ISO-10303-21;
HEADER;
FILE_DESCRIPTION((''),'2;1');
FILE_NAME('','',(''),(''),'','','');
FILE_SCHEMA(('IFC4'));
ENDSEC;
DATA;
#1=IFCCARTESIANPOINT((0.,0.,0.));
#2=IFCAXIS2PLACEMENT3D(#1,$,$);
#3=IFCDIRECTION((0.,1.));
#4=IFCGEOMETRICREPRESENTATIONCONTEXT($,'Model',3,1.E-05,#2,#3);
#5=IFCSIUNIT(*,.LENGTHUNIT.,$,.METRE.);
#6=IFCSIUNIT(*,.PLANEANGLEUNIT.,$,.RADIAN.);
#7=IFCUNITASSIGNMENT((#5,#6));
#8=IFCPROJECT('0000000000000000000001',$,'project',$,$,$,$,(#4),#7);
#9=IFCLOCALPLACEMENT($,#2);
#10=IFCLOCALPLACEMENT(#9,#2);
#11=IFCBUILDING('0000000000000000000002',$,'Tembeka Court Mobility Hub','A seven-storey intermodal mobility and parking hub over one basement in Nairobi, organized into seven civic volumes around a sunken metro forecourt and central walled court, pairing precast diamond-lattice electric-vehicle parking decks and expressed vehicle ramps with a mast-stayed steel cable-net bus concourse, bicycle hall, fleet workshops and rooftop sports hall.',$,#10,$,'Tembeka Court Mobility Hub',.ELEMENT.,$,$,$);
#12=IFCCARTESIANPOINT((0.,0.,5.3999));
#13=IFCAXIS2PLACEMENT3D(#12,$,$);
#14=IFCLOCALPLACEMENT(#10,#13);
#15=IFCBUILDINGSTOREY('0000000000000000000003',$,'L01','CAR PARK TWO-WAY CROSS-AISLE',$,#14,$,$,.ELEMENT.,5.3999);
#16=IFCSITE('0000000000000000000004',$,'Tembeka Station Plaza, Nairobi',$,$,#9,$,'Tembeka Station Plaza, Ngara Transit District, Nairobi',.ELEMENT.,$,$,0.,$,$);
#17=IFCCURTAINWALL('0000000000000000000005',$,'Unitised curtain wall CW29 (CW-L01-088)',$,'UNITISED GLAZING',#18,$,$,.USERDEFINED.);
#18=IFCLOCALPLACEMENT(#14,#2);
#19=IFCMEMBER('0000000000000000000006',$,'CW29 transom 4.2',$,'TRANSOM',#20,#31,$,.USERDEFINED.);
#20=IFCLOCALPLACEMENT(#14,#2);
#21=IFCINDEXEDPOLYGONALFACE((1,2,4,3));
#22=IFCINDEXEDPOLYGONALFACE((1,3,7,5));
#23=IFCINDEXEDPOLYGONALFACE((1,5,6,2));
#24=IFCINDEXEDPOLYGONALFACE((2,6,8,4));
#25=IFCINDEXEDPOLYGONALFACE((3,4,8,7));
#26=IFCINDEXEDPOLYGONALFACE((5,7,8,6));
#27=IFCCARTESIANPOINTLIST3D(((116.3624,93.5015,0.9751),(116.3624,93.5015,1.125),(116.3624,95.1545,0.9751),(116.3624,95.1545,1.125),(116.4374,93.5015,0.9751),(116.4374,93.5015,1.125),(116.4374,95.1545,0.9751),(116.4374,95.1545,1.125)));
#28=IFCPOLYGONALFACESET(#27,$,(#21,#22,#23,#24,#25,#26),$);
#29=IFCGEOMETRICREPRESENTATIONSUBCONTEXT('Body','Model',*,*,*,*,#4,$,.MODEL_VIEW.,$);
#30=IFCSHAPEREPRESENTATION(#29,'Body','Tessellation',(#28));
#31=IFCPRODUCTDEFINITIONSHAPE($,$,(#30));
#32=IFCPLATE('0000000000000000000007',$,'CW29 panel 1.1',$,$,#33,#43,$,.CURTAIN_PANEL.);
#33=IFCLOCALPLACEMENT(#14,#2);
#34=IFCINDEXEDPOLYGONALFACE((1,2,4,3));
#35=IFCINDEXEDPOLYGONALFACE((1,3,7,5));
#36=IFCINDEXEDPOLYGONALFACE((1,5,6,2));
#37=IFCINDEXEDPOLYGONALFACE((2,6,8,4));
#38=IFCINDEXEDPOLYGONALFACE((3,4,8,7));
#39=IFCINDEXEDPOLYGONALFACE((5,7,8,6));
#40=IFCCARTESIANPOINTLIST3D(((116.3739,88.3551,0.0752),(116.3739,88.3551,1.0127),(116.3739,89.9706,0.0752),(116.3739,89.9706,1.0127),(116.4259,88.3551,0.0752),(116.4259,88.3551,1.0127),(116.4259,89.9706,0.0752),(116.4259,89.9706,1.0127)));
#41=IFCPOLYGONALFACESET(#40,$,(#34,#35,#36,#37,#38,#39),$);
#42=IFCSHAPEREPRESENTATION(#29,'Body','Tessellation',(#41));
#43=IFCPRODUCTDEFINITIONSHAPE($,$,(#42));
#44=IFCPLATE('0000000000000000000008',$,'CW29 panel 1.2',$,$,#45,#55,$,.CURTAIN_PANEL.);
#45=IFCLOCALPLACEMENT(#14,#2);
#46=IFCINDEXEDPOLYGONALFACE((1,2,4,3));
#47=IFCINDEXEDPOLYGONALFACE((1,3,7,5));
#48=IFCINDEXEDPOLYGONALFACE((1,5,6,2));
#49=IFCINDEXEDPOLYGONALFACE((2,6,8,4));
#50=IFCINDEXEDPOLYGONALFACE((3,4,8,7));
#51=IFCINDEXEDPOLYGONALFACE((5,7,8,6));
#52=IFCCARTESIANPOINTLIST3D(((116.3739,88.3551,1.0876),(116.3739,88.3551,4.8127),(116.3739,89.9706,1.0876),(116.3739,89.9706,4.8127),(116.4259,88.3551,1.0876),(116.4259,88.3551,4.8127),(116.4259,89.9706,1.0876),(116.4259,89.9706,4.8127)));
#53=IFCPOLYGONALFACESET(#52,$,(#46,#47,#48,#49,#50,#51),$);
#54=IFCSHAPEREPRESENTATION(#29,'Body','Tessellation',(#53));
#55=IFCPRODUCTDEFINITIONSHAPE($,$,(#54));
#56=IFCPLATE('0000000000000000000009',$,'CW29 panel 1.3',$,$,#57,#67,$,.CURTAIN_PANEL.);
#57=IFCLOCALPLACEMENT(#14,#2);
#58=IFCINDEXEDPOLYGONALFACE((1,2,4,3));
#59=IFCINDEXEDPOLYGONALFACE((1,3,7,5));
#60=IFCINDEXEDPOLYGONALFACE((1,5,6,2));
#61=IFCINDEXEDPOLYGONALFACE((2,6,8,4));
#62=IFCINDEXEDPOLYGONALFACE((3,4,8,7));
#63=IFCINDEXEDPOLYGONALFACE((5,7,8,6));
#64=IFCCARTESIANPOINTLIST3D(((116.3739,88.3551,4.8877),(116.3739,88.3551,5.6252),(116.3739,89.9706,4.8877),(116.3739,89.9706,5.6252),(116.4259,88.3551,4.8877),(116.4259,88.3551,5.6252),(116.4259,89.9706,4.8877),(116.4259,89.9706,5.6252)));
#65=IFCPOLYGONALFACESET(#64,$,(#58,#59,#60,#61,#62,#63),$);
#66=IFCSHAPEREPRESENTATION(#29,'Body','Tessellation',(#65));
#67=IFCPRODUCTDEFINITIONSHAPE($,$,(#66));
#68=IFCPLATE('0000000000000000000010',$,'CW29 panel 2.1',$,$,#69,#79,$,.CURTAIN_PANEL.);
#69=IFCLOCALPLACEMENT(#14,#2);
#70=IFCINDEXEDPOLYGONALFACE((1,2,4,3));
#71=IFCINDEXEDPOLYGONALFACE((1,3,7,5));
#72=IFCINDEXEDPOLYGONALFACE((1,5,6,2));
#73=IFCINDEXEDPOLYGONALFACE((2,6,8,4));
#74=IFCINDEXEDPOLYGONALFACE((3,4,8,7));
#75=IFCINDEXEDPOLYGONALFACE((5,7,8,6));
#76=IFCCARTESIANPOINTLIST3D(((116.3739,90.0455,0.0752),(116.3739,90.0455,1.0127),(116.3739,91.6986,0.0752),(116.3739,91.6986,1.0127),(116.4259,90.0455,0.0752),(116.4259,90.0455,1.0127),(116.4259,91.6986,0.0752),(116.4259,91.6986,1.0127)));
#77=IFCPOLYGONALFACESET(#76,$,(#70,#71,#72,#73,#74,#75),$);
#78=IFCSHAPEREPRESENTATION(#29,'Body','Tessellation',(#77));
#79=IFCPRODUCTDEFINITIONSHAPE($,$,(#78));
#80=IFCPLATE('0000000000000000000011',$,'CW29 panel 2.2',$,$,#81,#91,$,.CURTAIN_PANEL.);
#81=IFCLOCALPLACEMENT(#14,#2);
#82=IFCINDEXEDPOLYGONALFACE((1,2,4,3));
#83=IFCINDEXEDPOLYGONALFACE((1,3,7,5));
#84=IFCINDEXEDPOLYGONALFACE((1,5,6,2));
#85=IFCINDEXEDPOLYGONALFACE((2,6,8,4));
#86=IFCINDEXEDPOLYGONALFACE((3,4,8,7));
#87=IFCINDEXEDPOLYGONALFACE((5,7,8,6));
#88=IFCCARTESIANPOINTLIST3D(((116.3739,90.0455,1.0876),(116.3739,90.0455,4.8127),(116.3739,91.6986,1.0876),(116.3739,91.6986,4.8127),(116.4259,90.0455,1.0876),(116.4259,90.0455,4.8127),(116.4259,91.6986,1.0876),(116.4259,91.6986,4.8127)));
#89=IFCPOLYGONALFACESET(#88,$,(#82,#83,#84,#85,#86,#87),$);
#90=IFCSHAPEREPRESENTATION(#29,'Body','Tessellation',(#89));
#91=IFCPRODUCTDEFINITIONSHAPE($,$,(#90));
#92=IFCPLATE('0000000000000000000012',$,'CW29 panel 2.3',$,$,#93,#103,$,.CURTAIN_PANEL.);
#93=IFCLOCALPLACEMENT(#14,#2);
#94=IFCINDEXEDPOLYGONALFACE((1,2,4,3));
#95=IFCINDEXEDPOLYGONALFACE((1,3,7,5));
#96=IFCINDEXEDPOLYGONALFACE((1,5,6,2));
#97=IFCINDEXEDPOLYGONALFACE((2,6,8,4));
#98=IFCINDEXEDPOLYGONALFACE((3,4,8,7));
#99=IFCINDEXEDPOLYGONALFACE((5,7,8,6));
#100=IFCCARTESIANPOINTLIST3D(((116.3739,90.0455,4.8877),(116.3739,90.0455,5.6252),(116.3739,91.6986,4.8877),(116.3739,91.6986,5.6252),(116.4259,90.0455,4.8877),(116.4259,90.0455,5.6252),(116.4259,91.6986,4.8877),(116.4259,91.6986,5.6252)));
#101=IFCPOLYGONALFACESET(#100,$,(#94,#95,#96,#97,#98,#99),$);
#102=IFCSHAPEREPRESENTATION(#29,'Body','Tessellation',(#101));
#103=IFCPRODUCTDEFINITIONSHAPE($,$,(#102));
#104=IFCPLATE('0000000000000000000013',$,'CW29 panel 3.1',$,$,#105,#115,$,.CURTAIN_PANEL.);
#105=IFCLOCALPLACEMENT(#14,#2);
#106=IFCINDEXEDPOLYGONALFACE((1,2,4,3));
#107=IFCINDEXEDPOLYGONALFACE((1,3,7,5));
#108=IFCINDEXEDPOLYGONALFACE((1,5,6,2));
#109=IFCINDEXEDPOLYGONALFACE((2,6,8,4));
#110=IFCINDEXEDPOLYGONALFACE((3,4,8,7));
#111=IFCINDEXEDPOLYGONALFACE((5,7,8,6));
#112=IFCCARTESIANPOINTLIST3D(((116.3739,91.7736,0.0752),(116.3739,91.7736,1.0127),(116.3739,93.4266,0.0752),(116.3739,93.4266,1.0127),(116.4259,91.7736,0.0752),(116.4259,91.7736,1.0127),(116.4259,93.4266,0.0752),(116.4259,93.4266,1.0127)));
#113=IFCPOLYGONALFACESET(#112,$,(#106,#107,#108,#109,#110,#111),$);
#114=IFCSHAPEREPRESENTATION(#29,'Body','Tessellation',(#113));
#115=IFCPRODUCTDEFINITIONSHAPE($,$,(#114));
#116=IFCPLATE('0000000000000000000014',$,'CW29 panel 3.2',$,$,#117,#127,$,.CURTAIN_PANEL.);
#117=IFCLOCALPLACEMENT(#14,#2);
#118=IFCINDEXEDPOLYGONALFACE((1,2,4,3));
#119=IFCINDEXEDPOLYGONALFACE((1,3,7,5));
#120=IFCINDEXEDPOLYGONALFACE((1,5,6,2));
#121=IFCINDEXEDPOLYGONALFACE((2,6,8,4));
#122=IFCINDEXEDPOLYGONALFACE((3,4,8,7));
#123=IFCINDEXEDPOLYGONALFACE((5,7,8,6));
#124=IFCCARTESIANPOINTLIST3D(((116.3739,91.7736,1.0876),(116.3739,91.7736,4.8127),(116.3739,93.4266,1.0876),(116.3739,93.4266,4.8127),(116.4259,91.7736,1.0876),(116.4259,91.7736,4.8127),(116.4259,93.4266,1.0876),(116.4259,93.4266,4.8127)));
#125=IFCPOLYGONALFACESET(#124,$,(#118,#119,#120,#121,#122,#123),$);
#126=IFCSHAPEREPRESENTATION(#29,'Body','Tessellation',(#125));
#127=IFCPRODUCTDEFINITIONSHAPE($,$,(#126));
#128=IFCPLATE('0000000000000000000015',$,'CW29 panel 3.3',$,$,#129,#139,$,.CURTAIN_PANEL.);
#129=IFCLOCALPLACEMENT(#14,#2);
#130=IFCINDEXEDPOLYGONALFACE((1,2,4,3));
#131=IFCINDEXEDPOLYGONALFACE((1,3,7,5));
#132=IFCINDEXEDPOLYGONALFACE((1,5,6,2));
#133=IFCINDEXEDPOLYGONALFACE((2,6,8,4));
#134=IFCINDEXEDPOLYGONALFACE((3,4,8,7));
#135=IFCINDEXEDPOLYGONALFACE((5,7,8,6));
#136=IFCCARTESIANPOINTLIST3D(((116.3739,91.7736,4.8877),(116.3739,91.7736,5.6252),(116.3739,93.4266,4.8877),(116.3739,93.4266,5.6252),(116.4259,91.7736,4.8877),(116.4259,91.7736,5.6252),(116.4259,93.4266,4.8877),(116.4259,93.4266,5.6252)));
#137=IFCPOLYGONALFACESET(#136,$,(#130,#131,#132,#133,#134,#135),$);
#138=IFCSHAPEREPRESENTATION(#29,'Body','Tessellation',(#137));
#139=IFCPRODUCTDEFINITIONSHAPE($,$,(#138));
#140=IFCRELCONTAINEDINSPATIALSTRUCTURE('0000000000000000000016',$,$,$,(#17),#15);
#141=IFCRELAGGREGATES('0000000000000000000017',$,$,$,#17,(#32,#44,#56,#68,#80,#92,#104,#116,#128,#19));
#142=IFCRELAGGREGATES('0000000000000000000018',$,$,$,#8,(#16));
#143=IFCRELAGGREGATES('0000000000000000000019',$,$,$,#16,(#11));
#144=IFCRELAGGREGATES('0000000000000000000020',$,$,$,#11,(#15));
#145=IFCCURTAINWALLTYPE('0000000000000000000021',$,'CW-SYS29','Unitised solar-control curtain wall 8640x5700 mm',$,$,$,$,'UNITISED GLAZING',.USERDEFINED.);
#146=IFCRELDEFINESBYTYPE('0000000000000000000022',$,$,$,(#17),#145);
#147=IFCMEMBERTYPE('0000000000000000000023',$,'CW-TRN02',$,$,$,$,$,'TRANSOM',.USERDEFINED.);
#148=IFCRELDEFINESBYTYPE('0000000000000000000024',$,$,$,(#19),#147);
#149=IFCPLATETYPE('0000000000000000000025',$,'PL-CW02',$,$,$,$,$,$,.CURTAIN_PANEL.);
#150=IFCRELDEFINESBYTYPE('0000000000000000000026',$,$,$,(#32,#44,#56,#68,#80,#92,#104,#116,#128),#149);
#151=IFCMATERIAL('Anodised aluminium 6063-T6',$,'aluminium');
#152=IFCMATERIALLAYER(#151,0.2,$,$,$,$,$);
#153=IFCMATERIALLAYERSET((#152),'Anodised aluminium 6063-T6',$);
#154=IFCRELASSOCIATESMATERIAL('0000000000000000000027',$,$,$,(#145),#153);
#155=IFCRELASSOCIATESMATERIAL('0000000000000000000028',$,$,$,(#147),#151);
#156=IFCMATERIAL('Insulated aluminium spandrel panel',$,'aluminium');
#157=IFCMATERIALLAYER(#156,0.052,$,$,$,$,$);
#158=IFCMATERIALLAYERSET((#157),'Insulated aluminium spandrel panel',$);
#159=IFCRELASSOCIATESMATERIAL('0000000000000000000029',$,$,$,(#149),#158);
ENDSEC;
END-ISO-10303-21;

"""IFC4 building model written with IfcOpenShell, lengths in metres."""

from ifc_helpers import new_model, si_unit, direction, frame, origin, origin_2d, place, context, subcontext, project, spatial, rectangle, extrude, material, layer, layer_set, material_profile, profile_set, type_object, element, aggregate, save


model = new_model("IFC4")

# Units and contexts
model_context = context("Model", 3, precision=1e-05, world=origin(), true_north=direction((0.0, 1.0)))
body_context = subcontext(model_context, "Body", "Model", "MODEL_VIEW")
ifc_project = project(units=[si_unit("LENGTHUNIT", "METRE"), si_unit("PLANEANGLEUNIT", "RADIAN")], contexts=[model_context])

# Site, building, storey
site_placement = place(None, origin())
site = spatial("IfcSite", under=ifc_project, at=site_placement, Name="Tembeka Station Plaza, Nairobi", LongName="Tembeka Station Plaza, Ngara Transit District, Nairobi", CompositionType="ELEMENT", RefElevation=0.0)
building_placement = place(site_placement, origin())
building = spatial("IfcBuilding", under=site, at=building_placement, Name="Tembeka Court Mobility Hub", Description="A seven-storey intermodal mobility and parking hub over one basement in Nairobi, organized into seven civic volumes around a sunken metro forecourt and central walled court, pairing precast diamond-lattice electric-vehicle parking decks and expressed vehicle ramps with a mast-stayed steel cable-net bus concourse, bicycle hall, fleet workshops and rooftop sports hall.", LongName="Tembeka Court Mobility Hub", CompositionType="ELEMENT")
storey_placement = place(building_placement, frame((0.0, 0.0, 5.3999)))
storey = spatial("IfcBuildingStorey", under=building, at=storey_placement, Name="L01", Description="CAR PARK TWO-WAY CROSS-AISLE", CompositionType="ELEMENT", Elevation=5.3999)

# Curtain wall, member, plates
ifc_material_1 = material(Name="Anodised aluminium 6063-T6", Category="aluminium")
ifc_layer_1 = layer(ifc_material_1, 0.2)
ifc_layer_set_1 = layer_set([ifc_layer_1], Name="Anodised aluminium 6063-T6")
curtain_wall_type = type_object("IfcCurtainWallType", Name="CW-SYS29", Description="Unitised solar-control curtain wall 8640x5700 mm", ElementType="UNITISED GLAZING", PredefinedType="USERDEFINED", material=ifc_layer_set_1)
curtain_wall_placement = place(storey_placement, origin())
curtain_wall = element("IfcCurtainWall", 1, at=curtain_wall_placement, inside=storey, type_object=curtain_wall_type, Name="Unitised curtain wall CW29 (CW-L01-088)", ObjectType="UNITISED GLAZING", PredefinedType="USERDEFINED")
ifc_material_profile_1 = material_profile(ifc_material_1, rectangle(XDim=0.075, YDim=0.1499, at=origin_2d()), Name="ALU-TRN 75x150")
ifc_profile_set_1 = profile_set([ifc_material_profile_1], Name="Anodised aluminium 6063-T6")
member_type_1 = type_object("IfcMemberType", Name="CW-TRN02", ElementType="TRANSOM", PredefinedType="USERDEFINED", material=ifc_profile_set_1)
member_1_placement = place(storey_placement, frame((116.3999, 93.5015, 1.05), z_axis=(0.0, 1.0, 0.0), x_axis=(-1.0, 0.0, 0.0)))
member_1 = element("IfcMember", 2, at=member_1_placement, type_object=member_type_1, Name="CW29 transom 4.2", ObjectType="TRANSOM", PredefinedType="USERDEFINED", context=body_context, shape_type="SweptSolid", body=[
    extrude(rectangle(XDim=0.075, YDim=0.1499, at=origin_2d()), origin(), (0.0, 0.0, 1.0), 1.6531),
])
ifc_material_2 = material(Name="Insulated aluminium spandrel panel", Category="aluminium")
ifc_layer_2 = layer(ifc_material_2, 0.052)
ifc_layer_set_2 = layer_set([ifc_layer_2], Name="Insulated aluminium spandrel panel")
plate_type = type_object("IfcPlateType", Name="PL-CW02", PredefinedType="CURTAIN_PANEL", material=ifc_layer_set_2)
plate_1_placement = place(storey_placement, frame((116.3999, 89.1628, 0.0752), z_axis=(0.0, 0.0, 1.0), x_axis=(0.0, 1.0, 0.0)))
plate_1 = element("IfcPlate", 3, at=plate_1_placement, type_object=plate_type, Name="CW29 panel 1.1", PredefinedType="CURTAIN_PANEL", context=body_context, shape_type="SweptSolid", body=[
    extrude(rectangle(XDim=1.6155, YDim=0.052, at=origin_2d()), origin(), (0.0, 0.0, 1.0), 0.9375),
])
plate_2_placement = place(storey_placement, frame((116.3999, 89.1628, 1.0876), z_axis=(0.0, 0.0, 1.0), x_axis=(0.0, 1.0, 0.0)))
plate_2 = element("IfcPlate", 4, at=plate_2_placement, type_object=plate_type, Name="CW29 panel 1.2", PredefinedType="CURTAIN_PANEL", context=body_context, shape_type="SweptSolid", body=[
    extrude(rectangle(XDim=1.6155, YDim=0.052, at=origin_2d()), origin(), (0.0, 0.0, 1.0), 3.7251),
])
plate_3_placement = place(storey_placement, frame((116.3999, 89.1628, 4.8877), z_axis=(0.0, 0.0, 1.0), x_axis=(0.0, 1.0, 0.0)))
plate_3 = element("IfcPlate", 5, at=plate_3_placement, type_object=plate_type, Name="CW29 panel 1.3", PredefinedType="CURTAIN_PANEL", context=body_context, shape_type="SweptSolid", body=[
    extrude(rectangle(XDim=1.6155, YDim=0.052, at=origin_2d()), origin(), (0.0, 0.0, 1.0), 0.7375),
])
plate_4_placement = place(storey_placement, frame((116.3999, 90.8721, 0.0752), z_axis=(0.0, 0.0, 1.0), x_axis=(0.0, 1.0, 0.0)))
plate_4 = element("IfcPlate", 6, at=plate_4_placement, type_object=plate_type, Name="CW29 panel 2.1", PredefinedType="CURTAIN_PANEL", context=body_context, shape_type="SweptSolid", body=[
    extrude(rectangle(XDim=1.6531, YDim=0.052, at=origin_2d()), origin(), (0.0, 0.0, 1.0), 0.9375),
])
plate_5_placement = place(storey_placement, frame((116.3999, 90.8721, 1.0876), z_axis=(0.0, 0.0, 1.0), x_axis=(0.0, 1.0, 0.0)))
plate_5 = element("IfcPlate", 7, at=plate_5_placement, type_object=plate_type, Name="CW29 panel 2.2", PredefinedType="CURTAIN_PANEL", context=body_context, shape_type="SweptSolid", body=[
    extrude(rectangle(XDim=1.6531, YDim=0.052, at=origin_2d()), origin(), (0.0, 0.0, 1.0), 3.7251),
])
plate_6_placement = place(storey_placement, frame((116.3999, 90.8721, 4.8877), z_axis=(0.0, 0.0, 1.0), x_axis=(0.0, 1.0, 0.0)))
plate_6 = element("IfcPlate", 8, at=plate_6_placement, type_object=plate_type, Name="CW29 panel 2.3", PredefinedType="CURTAIN_PANEL", context=body_context, shape_type="SweptSolid", body=[
    extrude(rectangle(XDim=1.6531, YDim=0.052, at=origin_2d()), origin(), (0.0, 0.0, 1.0), 0.7375),
])
plate_7_placement = place(storey_placement, frame((116.3999, 92.6001, 0.0752), z_axis=(0.0, 0.0, 1.0), x_axis=(0.0, 1.0, 0.0)))
plate_7 = element("IfcPlate", 9, at=plate_7_placement, type_object=plate_type, Name="CW29 panel 3.1", PredefinedType="CURTAIN_PANEL", context=body_context, shape_type="SweptSolid", body=[
    extrude(rectangle(XDim=1.6531, YDim=0.052, at=origin_2d()), origin(), (0.0, 0.0, 1.0), 0.9375),
])
plate_8_placement = place(storey_placement, frame((116.3999, 92.6001, 1.0876), z_axis=(0.0, 0.0, 1.0), x_axis=(0.0, 1.0, 0.0)))
plate_8 = element("IfcPlate", 10, at=plate_8_placement, type_object=plate_type, Name="CW29 panel 3.2", PredefinedType="CURTAIN_PANEL", context=body_context, shape_type="SweptSolid", body=[
    extrude(rectangle(XDim=1.6531, YDim=0.052, at=origin_2d()), origin(), (0.0, 0.0, 1.0), 3.7251),
])
plate_9_placement = place(storey_placement, frame((116.3999, 92.6001, 4.8877), z_axis=(0.0, 0.0, 1.0), x_axis=(0.0, 1.0, 0.0)))
plate_9 = element("IfcPlate", 11, at=plate_9_placement, type_object=plate_type, Name="CW29 panel 3.3", PredefinedType="CURTAIN_PANEL", context=body_context, shape_type="SweptSolid", body=[
    extrude(rectangle(XDim=1.6531, YDim=0.052, at=origin_2d()), origin(), (0.0, 0.0, 1.0), 0.7375),
])
aggregate(curtain_wall, [plate_1, plate_2, plate_3, plate_4, plate_5, plate_6, plate_7, plate_8, plate_9, member_1])

save(model, "model.ifc")
